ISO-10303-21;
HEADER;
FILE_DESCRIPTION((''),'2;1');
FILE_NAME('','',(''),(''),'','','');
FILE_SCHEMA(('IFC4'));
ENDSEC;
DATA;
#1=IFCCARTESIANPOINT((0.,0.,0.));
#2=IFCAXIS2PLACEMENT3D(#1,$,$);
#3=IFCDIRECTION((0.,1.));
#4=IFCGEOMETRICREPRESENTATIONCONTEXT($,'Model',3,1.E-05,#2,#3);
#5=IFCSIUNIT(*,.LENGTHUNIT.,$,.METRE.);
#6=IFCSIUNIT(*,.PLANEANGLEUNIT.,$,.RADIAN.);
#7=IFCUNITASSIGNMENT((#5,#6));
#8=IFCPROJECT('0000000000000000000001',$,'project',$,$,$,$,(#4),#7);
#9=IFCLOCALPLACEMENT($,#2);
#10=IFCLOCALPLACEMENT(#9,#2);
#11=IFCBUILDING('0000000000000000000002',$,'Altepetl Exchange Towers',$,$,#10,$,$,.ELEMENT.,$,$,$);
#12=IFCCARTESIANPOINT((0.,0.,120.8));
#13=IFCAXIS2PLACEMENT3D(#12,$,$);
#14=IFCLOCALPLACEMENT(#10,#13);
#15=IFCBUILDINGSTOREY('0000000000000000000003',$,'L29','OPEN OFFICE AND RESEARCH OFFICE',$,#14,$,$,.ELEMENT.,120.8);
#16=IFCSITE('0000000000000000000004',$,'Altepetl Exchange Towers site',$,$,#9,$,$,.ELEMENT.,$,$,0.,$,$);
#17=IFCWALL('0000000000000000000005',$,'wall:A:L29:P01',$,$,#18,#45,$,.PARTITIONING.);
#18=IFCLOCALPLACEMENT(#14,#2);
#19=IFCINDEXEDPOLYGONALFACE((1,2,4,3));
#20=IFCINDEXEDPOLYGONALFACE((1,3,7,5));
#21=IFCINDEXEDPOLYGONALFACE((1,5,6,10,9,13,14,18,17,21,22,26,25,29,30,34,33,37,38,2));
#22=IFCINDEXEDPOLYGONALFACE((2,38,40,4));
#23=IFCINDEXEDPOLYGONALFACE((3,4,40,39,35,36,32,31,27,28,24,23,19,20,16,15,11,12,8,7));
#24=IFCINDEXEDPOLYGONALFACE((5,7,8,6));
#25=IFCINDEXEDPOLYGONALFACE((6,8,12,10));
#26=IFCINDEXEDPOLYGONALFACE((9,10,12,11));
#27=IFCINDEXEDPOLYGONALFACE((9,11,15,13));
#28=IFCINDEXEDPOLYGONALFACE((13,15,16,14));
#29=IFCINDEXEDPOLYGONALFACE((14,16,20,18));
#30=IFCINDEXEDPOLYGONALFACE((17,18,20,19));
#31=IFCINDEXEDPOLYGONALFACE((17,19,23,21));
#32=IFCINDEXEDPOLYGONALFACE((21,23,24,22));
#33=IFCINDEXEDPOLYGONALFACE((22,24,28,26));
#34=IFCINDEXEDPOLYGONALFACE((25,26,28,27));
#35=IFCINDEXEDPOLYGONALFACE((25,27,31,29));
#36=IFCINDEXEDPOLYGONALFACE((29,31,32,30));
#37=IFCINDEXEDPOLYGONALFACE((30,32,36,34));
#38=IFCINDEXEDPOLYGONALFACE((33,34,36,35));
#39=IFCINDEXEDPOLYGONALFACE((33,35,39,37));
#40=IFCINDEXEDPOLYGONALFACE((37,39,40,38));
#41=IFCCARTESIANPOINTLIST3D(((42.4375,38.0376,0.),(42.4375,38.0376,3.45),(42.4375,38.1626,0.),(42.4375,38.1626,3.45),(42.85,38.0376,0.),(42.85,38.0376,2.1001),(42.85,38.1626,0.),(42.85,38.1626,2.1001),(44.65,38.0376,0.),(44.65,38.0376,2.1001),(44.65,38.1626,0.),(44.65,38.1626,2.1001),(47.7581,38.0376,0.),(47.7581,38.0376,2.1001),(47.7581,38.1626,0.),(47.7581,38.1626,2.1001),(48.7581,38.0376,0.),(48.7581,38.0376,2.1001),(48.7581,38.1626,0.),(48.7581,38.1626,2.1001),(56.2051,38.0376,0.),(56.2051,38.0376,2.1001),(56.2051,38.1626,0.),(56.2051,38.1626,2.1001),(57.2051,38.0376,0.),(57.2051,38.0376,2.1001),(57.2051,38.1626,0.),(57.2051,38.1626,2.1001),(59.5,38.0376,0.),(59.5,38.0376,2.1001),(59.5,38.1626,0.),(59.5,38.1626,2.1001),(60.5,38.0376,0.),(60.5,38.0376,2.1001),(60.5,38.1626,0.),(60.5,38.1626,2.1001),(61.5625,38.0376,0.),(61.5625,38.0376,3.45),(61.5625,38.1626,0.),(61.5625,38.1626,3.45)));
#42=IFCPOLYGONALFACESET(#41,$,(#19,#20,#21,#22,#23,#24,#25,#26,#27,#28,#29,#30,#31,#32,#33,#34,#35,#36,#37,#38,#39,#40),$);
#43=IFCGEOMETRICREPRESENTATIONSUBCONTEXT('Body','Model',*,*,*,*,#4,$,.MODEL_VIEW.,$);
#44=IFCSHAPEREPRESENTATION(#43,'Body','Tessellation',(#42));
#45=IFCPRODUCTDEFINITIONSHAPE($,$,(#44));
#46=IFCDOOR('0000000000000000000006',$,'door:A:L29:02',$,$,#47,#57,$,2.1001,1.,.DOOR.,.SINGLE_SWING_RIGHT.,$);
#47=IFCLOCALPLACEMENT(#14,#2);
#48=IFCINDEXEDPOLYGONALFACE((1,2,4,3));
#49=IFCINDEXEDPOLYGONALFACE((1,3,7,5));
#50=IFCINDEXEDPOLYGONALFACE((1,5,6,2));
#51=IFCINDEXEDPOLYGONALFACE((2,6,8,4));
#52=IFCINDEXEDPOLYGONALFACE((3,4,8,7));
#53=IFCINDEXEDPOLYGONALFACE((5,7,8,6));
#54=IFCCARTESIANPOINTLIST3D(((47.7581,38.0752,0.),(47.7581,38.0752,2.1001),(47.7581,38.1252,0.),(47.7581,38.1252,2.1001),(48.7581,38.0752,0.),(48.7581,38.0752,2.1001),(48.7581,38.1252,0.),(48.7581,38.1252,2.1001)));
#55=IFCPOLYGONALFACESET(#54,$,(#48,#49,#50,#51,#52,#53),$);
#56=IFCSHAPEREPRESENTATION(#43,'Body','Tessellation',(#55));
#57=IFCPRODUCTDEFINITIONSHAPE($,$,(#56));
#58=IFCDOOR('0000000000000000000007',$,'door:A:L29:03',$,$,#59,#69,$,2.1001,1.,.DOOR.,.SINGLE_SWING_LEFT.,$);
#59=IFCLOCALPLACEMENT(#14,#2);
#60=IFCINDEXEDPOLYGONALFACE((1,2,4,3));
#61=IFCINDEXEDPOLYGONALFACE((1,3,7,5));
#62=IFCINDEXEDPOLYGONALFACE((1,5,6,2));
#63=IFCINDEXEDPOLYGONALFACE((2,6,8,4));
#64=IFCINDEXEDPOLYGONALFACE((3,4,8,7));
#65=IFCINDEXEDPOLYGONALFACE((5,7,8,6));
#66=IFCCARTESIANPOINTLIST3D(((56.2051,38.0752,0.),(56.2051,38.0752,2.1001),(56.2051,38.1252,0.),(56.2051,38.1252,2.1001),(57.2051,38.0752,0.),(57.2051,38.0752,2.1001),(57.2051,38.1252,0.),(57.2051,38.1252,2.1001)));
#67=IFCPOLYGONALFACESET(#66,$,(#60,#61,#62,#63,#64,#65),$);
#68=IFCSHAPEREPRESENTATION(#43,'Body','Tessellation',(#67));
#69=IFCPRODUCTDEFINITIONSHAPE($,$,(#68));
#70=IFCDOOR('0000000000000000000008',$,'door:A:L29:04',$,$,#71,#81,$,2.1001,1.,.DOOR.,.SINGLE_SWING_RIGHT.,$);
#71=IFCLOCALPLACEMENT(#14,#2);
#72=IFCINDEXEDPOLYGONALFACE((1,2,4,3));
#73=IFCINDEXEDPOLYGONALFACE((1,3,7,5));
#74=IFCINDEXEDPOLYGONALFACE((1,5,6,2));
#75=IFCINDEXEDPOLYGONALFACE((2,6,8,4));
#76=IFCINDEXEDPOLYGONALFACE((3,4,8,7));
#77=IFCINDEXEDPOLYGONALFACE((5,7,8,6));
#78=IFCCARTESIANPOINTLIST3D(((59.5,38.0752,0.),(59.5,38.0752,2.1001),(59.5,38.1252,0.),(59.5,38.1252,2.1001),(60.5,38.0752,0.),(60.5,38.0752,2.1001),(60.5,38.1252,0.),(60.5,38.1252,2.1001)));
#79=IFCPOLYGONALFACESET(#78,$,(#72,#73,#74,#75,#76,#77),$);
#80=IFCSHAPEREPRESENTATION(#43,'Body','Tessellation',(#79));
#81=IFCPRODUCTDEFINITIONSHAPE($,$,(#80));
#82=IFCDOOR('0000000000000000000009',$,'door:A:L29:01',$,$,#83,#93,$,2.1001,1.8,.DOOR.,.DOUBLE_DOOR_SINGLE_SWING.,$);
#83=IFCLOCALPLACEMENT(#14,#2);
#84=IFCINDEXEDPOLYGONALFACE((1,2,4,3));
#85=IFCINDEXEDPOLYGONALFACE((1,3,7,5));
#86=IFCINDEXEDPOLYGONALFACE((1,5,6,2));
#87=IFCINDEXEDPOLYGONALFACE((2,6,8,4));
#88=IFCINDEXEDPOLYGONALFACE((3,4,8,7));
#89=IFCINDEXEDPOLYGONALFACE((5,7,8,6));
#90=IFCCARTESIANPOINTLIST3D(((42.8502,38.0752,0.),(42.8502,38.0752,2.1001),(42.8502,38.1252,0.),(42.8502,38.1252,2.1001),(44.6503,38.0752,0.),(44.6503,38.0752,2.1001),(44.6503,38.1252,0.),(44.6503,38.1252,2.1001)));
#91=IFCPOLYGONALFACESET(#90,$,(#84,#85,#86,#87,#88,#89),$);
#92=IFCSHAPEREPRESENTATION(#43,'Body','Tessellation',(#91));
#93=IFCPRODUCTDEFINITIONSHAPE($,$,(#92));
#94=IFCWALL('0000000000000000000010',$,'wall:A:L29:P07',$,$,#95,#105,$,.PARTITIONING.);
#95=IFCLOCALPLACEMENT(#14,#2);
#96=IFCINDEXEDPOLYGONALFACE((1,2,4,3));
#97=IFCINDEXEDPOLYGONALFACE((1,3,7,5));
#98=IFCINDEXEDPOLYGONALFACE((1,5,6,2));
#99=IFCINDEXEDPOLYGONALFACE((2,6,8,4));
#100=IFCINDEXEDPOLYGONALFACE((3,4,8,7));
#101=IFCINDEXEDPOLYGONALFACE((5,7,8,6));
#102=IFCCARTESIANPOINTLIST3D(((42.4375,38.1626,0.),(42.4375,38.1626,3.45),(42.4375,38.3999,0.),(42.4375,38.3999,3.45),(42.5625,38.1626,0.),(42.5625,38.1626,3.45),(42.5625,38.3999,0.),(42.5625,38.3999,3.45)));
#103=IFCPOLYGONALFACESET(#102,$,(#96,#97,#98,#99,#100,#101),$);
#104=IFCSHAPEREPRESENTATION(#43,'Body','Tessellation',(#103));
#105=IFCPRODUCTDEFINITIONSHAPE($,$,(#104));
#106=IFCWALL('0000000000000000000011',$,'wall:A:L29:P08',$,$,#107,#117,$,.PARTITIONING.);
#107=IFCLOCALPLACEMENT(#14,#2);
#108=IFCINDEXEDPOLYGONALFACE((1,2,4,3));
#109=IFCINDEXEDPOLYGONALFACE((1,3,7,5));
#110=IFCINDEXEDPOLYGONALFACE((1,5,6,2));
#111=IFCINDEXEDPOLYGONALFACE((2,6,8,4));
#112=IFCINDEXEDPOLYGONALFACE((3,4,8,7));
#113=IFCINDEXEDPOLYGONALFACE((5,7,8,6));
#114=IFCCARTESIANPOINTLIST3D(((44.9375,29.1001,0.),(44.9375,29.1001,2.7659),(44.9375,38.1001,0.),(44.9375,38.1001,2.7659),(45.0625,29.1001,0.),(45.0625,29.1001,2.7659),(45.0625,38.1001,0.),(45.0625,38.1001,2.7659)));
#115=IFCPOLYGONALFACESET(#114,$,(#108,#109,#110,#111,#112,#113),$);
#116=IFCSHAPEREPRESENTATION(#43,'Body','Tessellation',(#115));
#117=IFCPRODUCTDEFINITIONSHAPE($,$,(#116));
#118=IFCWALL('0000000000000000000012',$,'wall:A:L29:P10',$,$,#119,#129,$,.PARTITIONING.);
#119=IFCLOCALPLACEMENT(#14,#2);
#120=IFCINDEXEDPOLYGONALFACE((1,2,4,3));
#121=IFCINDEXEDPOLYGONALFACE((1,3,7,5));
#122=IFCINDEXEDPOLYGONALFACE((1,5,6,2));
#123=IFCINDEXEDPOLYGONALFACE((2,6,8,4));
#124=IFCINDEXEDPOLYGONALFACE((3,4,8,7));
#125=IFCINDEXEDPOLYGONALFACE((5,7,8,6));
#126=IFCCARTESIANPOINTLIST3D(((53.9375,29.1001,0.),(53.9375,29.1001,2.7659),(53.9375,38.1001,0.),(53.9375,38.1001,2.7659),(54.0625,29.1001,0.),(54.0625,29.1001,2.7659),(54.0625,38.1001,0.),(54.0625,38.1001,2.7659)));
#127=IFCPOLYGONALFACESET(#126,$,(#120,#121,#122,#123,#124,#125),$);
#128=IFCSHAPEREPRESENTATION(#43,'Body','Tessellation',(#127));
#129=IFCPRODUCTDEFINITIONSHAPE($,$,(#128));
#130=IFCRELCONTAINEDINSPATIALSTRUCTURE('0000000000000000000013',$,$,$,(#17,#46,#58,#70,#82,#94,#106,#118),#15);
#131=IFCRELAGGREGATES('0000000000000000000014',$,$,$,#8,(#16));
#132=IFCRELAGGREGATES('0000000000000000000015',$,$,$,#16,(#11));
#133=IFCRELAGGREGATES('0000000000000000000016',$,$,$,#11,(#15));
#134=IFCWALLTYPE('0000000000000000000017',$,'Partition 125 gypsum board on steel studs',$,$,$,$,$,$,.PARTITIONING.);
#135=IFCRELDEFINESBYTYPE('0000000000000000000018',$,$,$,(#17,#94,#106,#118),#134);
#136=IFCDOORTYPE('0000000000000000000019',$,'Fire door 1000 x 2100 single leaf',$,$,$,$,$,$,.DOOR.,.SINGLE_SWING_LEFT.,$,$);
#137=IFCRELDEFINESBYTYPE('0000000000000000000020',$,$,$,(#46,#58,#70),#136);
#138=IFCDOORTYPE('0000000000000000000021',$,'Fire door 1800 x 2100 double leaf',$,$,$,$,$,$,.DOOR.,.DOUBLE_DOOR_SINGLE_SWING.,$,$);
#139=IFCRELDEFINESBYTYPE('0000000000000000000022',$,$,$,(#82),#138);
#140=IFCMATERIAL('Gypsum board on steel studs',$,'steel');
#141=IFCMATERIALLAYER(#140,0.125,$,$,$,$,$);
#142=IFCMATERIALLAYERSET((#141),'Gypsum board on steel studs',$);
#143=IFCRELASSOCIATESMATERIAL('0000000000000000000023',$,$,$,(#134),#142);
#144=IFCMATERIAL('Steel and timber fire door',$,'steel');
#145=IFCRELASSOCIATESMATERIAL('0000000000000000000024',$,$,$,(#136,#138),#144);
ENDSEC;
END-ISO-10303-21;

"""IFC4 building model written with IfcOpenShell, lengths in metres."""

from ifc_helpers import new_model, si_unit, direction, frame, frame_2d, origin, place, context, subcontext, project, spatial, rectangle, extrude, material, layer, layer_set, type_object, element, fill, save


model = new_model("IFC4")

# Units and contexts
model_context = context("Model", 3, precision=1e-05, world=origin(), true_north=direction((0.0, 1.0)))
body_context = subcontext(model_context, "Body", "Model", "MODEL_VIEW")
ifc_project = project(units=[si_unit("LENGTHUNIT", "METRE"), si_unit("PLANEANGLEUNIT", "RADIAN")], contexts=[model_context])

# Site, building, storey
site_placement = place(None, origin())
site = spatial("IfcSite", under=ifc_project, at=site_placement, Name="Altepetl Exchange Towers site", CompositionType="ELEMENT", RefElevation=0.0)
building_placement = place(site_placement, origin())
building = spatial("IfcBuilding", under=site, at=building_placement, Name="Altepetl Exchange Towers", CompositionType="ELEMENT")
storey_placement = place(building_placement, frame((0.0, 0.0, 120.8)))
storey = spatial("IfcBuildingStorey", under=building, at=storey_placement, Name="L29", Description="OPEN OFFICE AND RESEARCH OFFICE", CompositionType="ELEMENT", Elevation=120.8)

# Wall, openings, doors
ifc_material_1 = material(Name="Gypsum board on steel studs", Category="steel")
ifc_layer_1 = layer(ifc_material_1, 0.125)
ifc_layer_set_1 = layer_set([ifc_layer_1], Name="Gypsum board on steel studs")
wall_type_1 = type_object("IfcWallType", Name="Partition 125 gypsum board on steel studs", PredefinedType="PARTITIONING", material=ifc_layer_set_1)
wall_1_placement = place(storey_placement, frame((42.4375, 38.1001, 0.0)))
wall_1 = element("IfcWall", 1, at=wall_1_placement, inside=storey, type_object=wall_type_1, Name="wall:A:L29:P01", PredefinedType="PARTITIONING", context=body_context, shape_type="SweptSolid", body=[
    extrude(rectangle(XDim=19.125, YDim=0.125, at=frame_2d((9.5625, 0.0))), origin(), (0.0, 0.0, 1.0), 3.45),
])
opening_1_placement = place(wall_1_placement, frame((0.4126, 0.0, 0.0)))
opening_1 = element("IfcOpeningElement", 2, at=opening_1_placement, cuts=wall_1, PredefinedType="OPENING", context=body_context, shape_type="SweptSolid", body=[
    extrude(rectangle(XDim=1.8, YDim=2.1001, at=frame_2d((0.8999, 1.05))), frame((0.0, 0.0725, 0.0), z_axis=(0.0, -1.0, 0.0), x_axis=(1.0, 0.0, 0.0)), (0.0, 0.0, 1.0), 0.145),
])
opening_2_placement = place(wall_1_placement, frame((5.3206, 0.0, 0.0)))
opening_2 = element("IfcOpeningElement", 3, at=opening_2_placement, cuts=wall_1, PredefinedType="OPENING", context=body_context, shape_type="SweptSolid", body=[
    extrude(rectangle(XDim=1.0, YDim=2.1001, at=frame_2d((0.5, 1.05))), frame((0.0, 0.0725, 0.0), z_axis=(0.0, -1.0, 0.0), x_axis=(1.0, 0.0, 0.0)), (0.0, 0.0, 1.0), 0.145),
])
opening_3_placement = place(wall_1_placement, frame((13.7676, 0.0, 0.0)))
opening_3 = element("IfcOpeningElement", 4, at=opening_3_placement, cuts=wall_1, PredefinedType="OPENING", context=body_context, shape_type="SweptSolid", body=[
    extrude(rectangle(XDim=1.0, YDim=2.1001, at=frame_2d((0.5, 1.05))), frame((0.0, 0.0725, 0.0), z_axis=(0.0, -1.0, 0.0), x_axis=(1.0, 0.0, 0.0)), (0.0, 0.0, 1.0), 0.145),
])
opening_4_placement = place(wall_1_placement, frame((17.0625, 0.0, 0.0)))
opening_4 = element("IfcOpeningElement", 5, at=opening_4_placement, cuts=wall_1, PredefinedType="OPENING", context=body_context, shape_type="SweptSolid", body=[
    extrude(rectangle(XDim=1.0, YDim=2.1001, at=frame_2d((0.5, 1.05))), frame((0.0, 0.0725, 0.0), z_axis=(0.0, -1.0, 0.0), x_axis=(1.0, 0.0, 0.0)), (0.0, 0.0, 1.0), 0.145),
])
ifc_material_2 = material(Name="Steel and timber fire door", Category="steel")
door_type_1 = type_object("IfcDoorType", Name="Fire door 1000 x 2100 single leaf", OperationType="SINGLE_SWING_LEFT", PredefinedType="DOOR", material=ifc_material_2)
door_1_placement = place(opening_2_placement, frame((1.0, 0.0, 0.0), x_axis=(-1.0, 0.0, 0.0)))
door_1 = element("IfcDoor", 6, at=door_1_placement, inside=storey, type_object=door_type_1, Name="door:A:L29:02", OperationType="SINGLE_SWING_RIGHT", OverallHeight=2.1001, OverallWidth=1.0, PredefinedType="DOOR", context=body_context, shape_type="SweptSolid", body=[
    extrude(rectangle(XDim=1.0, YDim=2.1001, at=frame_2d((0.5, 1.05))), frame((0.0, 0.0249, 0.0), z_axis=(0.0, -1.0, 0.0), x_axis=(1.0, 0.0, 0.0)), (0.0, 0.0, 1.0), 0.05),
])
fill(opening_2, door_1)
door_2_placement = place(opening_3_placement, frame((1.0, 0.0, 0.0), x_axis=(-1.0, 0.0, 0.0)))
door_2 = element("IfcDoor", 7, at=door_2_placement, inside=storey, type_object=door_type_1, Name="door:A:L29:03", OperationType="SINGLE_SWING_LEFT", OverallHeight=2.1001, OverallWidth=1.0, PredefinedType="DOOR", context=body_context, shape_type="SweptSolid", body=[
    extrude(rectangle(XDim=1.0, YDim=2.1001, at=frame_2d((0.5, 1.05))), frame((0.0, 0.0249, 0.0), z_axis=(0.0, -1.0, 0.0), x_axis=(1.0, 0.0, 0.0)), (0.0, 0.0, 1.0), 0.05),
])
fill(opening_3, door_2)
door_3_placement = place(opening_4_placement, frame((1.0, 0.0, 0.0), x_axis=(-1.0, 0.0, 0.0)))
door_3 = element("IfcDoor", 8, at=door_3_placement, inside=storey, type_object=door_type_1, Name="door:A:L29:04", OperationType="SINGLE_SWING_RIGHT", OverallHeight=2.1001, OverallWidth=1.0, PredefinedType="DOOR", context=body_context, shape_type="SweptSolid", body=[
    extrude(rectangle(XDim=1.0, YDim=2.1001, at=frame_2d((0.5, 1.05))), frame((0.0, 0.0249, 0.0), z_axis=(0.0, -1.0, 0.0), x_axis=(1.0, 0.0, 0.0)), (0.0, 0.0, 1.0), 0.05),
])
fill(opening_4, door_3)
door_type_2 = type_object("IfcDoorType", Name="Fire door 1800 x 2100 double leaf", OperationType="DOUBLE_DOOR_SINGLE_SWING", PredefinedType="DOOR", material=ifc_material_2)
door_4_placement = place(opening_1_placement, frame((1.8, 0.0, 0.0), x_axis=(-1.0, 0.0, 0.0)))
door_4 = element("IfcDoor", 9, at=door_4_placement, inside=storey, type_object=door_type_2, Name="door:A:L29:01", OperationType="DOUBLE_DOOR_SINGLE_SWING", OverallHeight=2.1001, OverallWidth=1.8, PredefinedType="DOOR", context=body_context, shape_type="SweptSolid", body=[
    extrude(rectangle(XDim=1.8, YDim=2.1001, at=frame_2d((0.8999, 1.05))), frame((0.0, 0.0249, 0.0), z_axis=(0.0, -1.0, 0.0), x_axis=(1.0, 0.0, 0.0)), (0.0, 0.0, 1.0), 0.05),
])
fill(opening_1, door_4)

# Walls
wall_2_placement = place(storey_placement, frame((42.5, 38.1626, 0.0), z_axis=(0.0, 0.0, 1.0), x_axis=(0.0, 1.0, 0.0)))
element("IfcWall", 10, at=wall_2_placement, inside=storey, type_object=wall_type_1, Name="wall:A:L29:P07", PredefinedType="PARTITIONING", context=body_context, shape_type="SweptSolid", body=[
    extrude(rectangle(XDim=0.2373, YDim=0.125, at=frame_2d((0.1187, 0.0))), origin(), (0.0, 0.0, 1.0), 3.45),
])
for number, where, z_axis, x_axis, name in (
    (11, (45.0, 29.1001, 0.0), (0.0, 0.0, 1.0), (0.0, 1.0, 0.0), "wall:A:L29:P08"),
    (12, (54.0, 29.1001, 0.0), (0.0, 0.0, 1.0), (0.0, 1.0, 0.0), "wall:A:L29:P10"),
):
    element("IfcWall", number, at=place(storey_placement, frame(where, z_axis=z_axis, x_axis=x_axis)), inside=storey, type_object=wall_type_1, Name=name, PredefinedType="PARTITIONING", context=body_context, shape_type="SweptSolid", body=[
        extrude(rectangle(XDim=9.0, YDim=0.125, at=frame_2d((4.5, 0.0))), origin(), (0.0, 0.0, 1.0), 2.7659),
    ])

save(model, "model.ifc")
